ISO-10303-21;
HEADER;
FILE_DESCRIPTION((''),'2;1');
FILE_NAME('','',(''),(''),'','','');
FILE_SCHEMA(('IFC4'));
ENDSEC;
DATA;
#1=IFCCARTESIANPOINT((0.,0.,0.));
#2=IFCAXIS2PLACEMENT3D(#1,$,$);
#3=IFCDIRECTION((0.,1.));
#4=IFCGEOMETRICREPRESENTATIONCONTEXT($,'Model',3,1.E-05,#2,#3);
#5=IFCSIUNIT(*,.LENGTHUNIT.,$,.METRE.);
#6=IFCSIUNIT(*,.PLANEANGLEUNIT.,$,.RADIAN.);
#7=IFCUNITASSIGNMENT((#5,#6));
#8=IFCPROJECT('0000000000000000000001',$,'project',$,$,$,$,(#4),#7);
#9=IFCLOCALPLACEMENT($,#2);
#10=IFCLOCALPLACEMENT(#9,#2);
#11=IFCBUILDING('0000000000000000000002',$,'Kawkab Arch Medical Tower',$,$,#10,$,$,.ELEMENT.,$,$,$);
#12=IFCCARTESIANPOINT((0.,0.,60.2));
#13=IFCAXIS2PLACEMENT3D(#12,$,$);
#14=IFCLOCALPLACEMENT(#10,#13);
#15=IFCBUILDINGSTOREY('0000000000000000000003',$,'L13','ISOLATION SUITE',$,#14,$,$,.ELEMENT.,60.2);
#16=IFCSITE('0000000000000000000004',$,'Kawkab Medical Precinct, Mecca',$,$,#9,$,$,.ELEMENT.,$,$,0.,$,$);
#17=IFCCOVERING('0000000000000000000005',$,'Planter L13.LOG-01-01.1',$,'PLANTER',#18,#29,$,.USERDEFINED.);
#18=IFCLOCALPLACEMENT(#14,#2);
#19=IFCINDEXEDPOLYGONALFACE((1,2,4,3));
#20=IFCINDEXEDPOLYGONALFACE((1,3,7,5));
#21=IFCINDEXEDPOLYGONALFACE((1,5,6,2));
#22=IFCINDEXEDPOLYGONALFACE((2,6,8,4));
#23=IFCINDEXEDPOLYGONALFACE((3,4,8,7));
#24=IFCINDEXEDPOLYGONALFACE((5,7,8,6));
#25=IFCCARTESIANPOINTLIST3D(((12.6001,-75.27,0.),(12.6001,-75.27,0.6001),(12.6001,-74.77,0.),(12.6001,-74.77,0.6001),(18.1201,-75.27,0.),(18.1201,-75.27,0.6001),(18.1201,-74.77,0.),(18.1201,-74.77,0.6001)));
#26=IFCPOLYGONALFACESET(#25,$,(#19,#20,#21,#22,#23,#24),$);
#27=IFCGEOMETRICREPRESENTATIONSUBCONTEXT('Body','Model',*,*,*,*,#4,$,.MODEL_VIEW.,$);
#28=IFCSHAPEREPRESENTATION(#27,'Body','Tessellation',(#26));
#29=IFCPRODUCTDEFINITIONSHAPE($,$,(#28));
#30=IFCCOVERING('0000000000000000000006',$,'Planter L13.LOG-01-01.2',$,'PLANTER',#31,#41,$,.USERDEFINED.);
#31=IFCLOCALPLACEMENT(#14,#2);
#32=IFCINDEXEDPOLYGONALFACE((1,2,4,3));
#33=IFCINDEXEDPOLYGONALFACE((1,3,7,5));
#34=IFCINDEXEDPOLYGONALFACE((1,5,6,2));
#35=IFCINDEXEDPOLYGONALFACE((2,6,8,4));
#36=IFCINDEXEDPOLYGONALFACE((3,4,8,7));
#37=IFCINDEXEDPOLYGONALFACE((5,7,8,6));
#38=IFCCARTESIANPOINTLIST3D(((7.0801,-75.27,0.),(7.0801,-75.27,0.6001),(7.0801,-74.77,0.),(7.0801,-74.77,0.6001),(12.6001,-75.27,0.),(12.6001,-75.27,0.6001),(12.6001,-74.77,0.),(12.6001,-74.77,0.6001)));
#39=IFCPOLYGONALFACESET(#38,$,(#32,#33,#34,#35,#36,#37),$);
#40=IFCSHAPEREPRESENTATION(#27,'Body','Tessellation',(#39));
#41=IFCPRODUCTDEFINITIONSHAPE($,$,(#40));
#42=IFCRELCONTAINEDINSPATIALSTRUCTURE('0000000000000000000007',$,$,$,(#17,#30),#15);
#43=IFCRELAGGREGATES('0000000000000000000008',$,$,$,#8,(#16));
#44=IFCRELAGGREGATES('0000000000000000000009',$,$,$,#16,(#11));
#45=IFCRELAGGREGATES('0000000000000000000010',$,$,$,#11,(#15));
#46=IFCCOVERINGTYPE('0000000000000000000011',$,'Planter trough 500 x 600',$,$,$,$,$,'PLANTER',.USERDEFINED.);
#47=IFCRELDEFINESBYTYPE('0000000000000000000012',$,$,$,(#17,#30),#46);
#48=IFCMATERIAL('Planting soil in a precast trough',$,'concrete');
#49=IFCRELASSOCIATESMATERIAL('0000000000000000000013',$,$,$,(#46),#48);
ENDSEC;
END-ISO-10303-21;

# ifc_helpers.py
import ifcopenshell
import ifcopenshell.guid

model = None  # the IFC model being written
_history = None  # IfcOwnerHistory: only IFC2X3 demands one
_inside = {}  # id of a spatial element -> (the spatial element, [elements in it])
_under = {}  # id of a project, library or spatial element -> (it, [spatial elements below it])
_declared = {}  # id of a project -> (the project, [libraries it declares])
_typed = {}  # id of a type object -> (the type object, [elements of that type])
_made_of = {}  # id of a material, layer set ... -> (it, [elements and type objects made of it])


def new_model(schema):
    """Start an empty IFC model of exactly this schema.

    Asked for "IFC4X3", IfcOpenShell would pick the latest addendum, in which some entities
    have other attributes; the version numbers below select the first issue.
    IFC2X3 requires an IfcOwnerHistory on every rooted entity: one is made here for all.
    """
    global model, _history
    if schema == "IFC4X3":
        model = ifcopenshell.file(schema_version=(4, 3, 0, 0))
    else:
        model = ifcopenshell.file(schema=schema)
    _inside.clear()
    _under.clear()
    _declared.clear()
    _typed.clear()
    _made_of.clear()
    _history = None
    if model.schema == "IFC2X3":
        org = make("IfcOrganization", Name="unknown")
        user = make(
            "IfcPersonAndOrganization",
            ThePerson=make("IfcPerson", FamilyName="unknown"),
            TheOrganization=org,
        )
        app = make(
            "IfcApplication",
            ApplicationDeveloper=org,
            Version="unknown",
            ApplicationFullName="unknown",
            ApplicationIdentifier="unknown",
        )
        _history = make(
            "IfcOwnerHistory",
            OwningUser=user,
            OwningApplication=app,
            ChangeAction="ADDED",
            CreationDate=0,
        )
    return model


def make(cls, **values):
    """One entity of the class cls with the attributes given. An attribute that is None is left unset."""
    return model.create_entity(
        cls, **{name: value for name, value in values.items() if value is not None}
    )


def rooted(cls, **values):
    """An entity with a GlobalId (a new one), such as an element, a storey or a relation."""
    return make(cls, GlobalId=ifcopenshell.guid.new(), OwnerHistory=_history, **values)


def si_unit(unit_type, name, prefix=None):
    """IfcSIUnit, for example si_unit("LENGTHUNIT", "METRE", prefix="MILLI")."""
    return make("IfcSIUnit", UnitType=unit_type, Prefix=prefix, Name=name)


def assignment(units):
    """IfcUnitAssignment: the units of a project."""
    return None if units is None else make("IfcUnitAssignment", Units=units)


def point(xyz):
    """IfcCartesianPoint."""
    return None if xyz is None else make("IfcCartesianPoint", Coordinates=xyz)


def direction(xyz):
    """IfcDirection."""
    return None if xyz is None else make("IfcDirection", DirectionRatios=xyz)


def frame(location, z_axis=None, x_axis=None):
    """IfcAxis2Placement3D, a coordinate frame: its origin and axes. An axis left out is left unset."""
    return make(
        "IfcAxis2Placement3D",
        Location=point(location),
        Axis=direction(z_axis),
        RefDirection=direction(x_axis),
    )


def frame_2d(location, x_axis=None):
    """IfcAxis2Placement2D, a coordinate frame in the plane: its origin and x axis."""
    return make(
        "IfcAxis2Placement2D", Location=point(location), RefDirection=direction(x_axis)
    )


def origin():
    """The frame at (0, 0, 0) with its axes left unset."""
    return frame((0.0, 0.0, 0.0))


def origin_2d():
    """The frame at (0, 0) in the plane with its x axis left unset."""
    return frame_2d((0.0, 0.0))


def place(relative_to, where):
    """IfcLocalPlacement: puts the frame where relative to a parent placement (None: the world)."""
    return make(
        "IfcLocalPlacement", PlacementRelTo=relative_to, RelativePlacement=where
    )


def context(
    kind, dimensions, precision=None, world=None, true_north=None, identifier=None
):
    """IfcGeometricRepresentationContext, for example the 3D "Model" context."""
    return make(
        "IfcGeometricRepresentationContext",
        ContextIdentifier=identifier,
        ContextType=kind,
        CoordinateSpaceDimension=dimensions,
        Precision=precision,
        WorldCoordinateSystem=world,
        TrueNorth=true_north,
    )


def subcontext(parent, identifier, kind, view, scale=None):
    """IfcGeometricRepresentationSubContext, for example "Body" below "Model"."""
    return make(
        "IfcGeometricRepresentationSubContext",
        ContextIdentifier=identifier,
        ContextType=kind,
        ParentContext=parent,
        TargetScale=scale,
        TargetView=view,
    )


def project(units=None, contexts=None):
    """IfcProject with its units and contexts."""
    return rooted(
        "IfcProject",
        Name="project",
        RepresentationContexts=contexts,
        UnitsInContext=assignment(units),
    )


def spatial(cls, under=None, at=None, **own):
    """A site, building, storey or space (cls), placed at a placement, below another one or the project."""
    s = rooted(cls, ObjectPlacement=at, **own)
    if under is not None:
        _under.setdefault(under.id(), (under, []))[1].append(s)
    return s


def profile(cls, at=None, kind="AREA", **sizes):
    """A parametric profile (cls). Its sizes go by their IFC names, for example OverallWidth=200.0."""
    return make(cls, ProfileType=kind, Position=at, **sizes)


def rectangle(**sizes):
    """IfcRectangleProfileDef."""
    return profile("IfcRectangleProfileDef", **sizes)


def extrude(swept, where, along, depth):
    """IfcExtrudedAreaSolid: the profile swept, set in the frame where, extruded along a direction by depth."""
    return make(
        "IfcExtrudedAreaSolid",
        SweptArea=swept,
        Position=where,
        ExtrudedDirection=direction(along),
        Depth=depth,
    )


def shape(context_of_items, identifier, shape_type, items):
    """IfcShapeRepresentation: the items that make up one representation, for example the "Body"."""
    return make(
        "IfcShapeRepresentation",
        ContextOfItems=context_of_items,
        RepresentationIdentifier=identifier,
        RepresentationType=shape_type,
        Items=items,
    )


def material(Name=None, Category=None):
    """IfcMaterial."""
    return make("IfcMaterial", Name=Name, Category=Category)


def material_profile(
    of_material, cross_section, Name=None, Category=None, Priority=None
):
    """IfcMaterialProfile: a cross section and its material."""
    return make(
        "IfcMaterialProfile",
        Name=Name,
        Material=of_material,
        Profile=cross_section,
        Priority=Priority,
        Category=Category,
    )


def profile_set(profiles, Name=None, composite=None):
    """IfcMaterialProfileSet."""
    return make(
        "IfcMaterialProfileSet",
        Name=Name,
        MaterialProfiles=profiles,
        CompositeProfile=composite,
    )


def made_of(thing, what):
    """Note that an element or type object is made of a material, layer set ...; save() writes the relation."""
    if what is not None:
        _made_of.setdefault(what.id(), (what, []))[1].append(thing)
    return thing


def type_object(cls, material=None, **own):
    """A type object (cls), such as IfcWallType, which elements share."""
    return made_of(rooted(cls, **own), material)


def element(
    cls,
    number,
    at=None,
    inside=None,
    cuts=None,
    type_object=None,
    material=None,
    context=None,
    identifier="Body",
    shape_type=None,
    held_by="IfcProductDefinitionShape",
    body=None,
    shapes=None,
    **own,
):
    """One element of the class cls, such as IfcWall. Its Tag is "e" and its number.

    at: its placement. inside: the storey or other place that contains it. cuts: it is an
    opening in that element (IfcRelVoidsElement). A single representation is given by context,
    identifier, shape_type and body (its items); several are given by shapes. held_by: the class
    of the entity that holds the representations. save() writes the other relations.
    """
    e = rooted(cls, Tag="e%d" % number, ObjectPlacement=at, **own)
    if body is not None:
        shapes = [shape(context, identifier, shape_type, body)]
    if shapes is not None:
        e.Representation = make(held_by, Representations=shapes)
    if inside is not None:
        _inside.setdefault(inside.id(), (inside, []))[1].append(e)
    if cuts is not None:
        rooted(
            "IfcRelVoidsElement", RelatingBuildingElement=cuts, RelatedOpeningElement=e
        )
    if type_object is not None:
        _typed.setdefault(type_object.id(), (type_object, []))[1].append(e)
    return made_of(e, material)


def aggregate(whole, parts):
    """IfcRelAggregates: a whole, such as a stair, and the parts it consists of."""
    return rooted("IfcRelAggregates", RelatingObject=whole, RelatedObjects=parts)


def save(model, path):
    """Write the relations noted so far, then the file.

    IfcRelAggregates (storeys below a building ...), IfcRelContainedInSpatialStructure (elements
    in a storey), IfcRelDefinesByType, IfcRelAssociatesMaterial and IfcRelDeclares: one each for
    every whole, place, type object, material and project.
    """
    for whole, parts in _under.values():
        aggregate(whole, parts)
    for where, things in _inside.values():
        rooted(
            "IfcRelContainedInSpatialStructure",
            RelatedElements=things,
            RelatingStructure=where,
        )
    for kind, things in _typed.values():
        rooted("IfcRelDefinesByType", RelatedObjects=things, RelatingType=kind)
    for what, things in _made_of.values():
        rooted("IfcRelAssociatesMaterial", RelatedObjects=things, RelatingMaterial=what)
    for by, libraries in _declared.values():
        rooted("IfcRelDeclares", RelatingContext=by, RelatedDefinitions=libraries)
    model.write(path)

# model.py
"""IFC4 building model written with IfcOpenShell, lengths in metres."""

from ifc_helpers import new_model, si_unit, direction, frame, origin, origin_2d, place, context, subcontext, project, spatial, rectangle, extrude, material, material_profile, profile_set, type_object, element, save


model = new_model("IFC4")

# Units and contexts
model_context = context("Model", 3, precision=1e-05, world=origin(), true_north=direction((0.0, 1.0)))
body_context = subcontext(model_context, "Body", "Model", "MODEL_VIEW")
ifc_project = project(units=[si_unit("LENGTHUNIT", "METRE"), si_unit("PLANEANGLEUNIT", "RADIAN")], contexts=[model_context])

# Site, building, storey
site_placement = place(None, origin())
site = spatial("IfcSite", under=ifc_project, at=site_placement, Name="Kawkab Medical Precinct, Mecca", CompositionType="ELEMENT", RefElevation=0.0)
building_placement = place(site_placement, origin())
building = spatial("IfcBuilding", under=site, at=building_placement, Name="Kawkab Arch Medical Tower", CompositionType="ELEMENT")
storey_placement = place(building_placement, frame((0.0, 0.0, 60.2)))
storey = spatial("IfcBuildingStorey", under=building, at=storey_placement, Name="L13", Description="ISOLATION SUITE", CompositionType="ELEMENT", Elevation=60.2)

# Coverings
ifc_material_1 = material(Name="Planting soil in a precast trough", Category="concrete")
ifc_material_profile_1 = material_profile(ifc_material_1, rectangle(XDim=0.5, YDim=0.6001, at=origin_2d()), Name="Trough 500x600")
ifc_profile_set_1 = profile_set([ifc_material_profile_1], Name="Planting soil in a precast trough")
covering_type_1 = type_object("IfcCoveringType", Name="Planter trough 500 x 600", ElementType="PLANTER", PredefinedType="USERDEFINED", material=ifc_profile_set_1)
for number, where, z_axis, x_axis, name in (
    (1, (18.1201, -75.02, 0.3), (-1.0, 0.0, 0.0), (0.0, -1.0, 0.0), "Planter L13.LOG-01-01.1"),
    (2, (12.6001, -75.02, 0.3), (-1.0, 0.0, 0.0), (0.0, -1.0, 0.0), "Planter L13.LOG-01-01.2"),
):
    element("IfcCovering", number, at=place(storey_placement, frame(where, z_axis=z_axis, x_axis=x_axis)), inside=storey, type_object=covering_type_1, Name=name, ObjectType="PLANTER", PredefinedType="USERDEFINED", context=body_context, shape_type="SweptSolid", body=[
        extrude(rectangle(XDim=0.5, YDim=0.6001, at=origin_2d()), origin(), (0.0, 0.0, 1.0), 5.52),
    ])

save(model, "model.ifc")
